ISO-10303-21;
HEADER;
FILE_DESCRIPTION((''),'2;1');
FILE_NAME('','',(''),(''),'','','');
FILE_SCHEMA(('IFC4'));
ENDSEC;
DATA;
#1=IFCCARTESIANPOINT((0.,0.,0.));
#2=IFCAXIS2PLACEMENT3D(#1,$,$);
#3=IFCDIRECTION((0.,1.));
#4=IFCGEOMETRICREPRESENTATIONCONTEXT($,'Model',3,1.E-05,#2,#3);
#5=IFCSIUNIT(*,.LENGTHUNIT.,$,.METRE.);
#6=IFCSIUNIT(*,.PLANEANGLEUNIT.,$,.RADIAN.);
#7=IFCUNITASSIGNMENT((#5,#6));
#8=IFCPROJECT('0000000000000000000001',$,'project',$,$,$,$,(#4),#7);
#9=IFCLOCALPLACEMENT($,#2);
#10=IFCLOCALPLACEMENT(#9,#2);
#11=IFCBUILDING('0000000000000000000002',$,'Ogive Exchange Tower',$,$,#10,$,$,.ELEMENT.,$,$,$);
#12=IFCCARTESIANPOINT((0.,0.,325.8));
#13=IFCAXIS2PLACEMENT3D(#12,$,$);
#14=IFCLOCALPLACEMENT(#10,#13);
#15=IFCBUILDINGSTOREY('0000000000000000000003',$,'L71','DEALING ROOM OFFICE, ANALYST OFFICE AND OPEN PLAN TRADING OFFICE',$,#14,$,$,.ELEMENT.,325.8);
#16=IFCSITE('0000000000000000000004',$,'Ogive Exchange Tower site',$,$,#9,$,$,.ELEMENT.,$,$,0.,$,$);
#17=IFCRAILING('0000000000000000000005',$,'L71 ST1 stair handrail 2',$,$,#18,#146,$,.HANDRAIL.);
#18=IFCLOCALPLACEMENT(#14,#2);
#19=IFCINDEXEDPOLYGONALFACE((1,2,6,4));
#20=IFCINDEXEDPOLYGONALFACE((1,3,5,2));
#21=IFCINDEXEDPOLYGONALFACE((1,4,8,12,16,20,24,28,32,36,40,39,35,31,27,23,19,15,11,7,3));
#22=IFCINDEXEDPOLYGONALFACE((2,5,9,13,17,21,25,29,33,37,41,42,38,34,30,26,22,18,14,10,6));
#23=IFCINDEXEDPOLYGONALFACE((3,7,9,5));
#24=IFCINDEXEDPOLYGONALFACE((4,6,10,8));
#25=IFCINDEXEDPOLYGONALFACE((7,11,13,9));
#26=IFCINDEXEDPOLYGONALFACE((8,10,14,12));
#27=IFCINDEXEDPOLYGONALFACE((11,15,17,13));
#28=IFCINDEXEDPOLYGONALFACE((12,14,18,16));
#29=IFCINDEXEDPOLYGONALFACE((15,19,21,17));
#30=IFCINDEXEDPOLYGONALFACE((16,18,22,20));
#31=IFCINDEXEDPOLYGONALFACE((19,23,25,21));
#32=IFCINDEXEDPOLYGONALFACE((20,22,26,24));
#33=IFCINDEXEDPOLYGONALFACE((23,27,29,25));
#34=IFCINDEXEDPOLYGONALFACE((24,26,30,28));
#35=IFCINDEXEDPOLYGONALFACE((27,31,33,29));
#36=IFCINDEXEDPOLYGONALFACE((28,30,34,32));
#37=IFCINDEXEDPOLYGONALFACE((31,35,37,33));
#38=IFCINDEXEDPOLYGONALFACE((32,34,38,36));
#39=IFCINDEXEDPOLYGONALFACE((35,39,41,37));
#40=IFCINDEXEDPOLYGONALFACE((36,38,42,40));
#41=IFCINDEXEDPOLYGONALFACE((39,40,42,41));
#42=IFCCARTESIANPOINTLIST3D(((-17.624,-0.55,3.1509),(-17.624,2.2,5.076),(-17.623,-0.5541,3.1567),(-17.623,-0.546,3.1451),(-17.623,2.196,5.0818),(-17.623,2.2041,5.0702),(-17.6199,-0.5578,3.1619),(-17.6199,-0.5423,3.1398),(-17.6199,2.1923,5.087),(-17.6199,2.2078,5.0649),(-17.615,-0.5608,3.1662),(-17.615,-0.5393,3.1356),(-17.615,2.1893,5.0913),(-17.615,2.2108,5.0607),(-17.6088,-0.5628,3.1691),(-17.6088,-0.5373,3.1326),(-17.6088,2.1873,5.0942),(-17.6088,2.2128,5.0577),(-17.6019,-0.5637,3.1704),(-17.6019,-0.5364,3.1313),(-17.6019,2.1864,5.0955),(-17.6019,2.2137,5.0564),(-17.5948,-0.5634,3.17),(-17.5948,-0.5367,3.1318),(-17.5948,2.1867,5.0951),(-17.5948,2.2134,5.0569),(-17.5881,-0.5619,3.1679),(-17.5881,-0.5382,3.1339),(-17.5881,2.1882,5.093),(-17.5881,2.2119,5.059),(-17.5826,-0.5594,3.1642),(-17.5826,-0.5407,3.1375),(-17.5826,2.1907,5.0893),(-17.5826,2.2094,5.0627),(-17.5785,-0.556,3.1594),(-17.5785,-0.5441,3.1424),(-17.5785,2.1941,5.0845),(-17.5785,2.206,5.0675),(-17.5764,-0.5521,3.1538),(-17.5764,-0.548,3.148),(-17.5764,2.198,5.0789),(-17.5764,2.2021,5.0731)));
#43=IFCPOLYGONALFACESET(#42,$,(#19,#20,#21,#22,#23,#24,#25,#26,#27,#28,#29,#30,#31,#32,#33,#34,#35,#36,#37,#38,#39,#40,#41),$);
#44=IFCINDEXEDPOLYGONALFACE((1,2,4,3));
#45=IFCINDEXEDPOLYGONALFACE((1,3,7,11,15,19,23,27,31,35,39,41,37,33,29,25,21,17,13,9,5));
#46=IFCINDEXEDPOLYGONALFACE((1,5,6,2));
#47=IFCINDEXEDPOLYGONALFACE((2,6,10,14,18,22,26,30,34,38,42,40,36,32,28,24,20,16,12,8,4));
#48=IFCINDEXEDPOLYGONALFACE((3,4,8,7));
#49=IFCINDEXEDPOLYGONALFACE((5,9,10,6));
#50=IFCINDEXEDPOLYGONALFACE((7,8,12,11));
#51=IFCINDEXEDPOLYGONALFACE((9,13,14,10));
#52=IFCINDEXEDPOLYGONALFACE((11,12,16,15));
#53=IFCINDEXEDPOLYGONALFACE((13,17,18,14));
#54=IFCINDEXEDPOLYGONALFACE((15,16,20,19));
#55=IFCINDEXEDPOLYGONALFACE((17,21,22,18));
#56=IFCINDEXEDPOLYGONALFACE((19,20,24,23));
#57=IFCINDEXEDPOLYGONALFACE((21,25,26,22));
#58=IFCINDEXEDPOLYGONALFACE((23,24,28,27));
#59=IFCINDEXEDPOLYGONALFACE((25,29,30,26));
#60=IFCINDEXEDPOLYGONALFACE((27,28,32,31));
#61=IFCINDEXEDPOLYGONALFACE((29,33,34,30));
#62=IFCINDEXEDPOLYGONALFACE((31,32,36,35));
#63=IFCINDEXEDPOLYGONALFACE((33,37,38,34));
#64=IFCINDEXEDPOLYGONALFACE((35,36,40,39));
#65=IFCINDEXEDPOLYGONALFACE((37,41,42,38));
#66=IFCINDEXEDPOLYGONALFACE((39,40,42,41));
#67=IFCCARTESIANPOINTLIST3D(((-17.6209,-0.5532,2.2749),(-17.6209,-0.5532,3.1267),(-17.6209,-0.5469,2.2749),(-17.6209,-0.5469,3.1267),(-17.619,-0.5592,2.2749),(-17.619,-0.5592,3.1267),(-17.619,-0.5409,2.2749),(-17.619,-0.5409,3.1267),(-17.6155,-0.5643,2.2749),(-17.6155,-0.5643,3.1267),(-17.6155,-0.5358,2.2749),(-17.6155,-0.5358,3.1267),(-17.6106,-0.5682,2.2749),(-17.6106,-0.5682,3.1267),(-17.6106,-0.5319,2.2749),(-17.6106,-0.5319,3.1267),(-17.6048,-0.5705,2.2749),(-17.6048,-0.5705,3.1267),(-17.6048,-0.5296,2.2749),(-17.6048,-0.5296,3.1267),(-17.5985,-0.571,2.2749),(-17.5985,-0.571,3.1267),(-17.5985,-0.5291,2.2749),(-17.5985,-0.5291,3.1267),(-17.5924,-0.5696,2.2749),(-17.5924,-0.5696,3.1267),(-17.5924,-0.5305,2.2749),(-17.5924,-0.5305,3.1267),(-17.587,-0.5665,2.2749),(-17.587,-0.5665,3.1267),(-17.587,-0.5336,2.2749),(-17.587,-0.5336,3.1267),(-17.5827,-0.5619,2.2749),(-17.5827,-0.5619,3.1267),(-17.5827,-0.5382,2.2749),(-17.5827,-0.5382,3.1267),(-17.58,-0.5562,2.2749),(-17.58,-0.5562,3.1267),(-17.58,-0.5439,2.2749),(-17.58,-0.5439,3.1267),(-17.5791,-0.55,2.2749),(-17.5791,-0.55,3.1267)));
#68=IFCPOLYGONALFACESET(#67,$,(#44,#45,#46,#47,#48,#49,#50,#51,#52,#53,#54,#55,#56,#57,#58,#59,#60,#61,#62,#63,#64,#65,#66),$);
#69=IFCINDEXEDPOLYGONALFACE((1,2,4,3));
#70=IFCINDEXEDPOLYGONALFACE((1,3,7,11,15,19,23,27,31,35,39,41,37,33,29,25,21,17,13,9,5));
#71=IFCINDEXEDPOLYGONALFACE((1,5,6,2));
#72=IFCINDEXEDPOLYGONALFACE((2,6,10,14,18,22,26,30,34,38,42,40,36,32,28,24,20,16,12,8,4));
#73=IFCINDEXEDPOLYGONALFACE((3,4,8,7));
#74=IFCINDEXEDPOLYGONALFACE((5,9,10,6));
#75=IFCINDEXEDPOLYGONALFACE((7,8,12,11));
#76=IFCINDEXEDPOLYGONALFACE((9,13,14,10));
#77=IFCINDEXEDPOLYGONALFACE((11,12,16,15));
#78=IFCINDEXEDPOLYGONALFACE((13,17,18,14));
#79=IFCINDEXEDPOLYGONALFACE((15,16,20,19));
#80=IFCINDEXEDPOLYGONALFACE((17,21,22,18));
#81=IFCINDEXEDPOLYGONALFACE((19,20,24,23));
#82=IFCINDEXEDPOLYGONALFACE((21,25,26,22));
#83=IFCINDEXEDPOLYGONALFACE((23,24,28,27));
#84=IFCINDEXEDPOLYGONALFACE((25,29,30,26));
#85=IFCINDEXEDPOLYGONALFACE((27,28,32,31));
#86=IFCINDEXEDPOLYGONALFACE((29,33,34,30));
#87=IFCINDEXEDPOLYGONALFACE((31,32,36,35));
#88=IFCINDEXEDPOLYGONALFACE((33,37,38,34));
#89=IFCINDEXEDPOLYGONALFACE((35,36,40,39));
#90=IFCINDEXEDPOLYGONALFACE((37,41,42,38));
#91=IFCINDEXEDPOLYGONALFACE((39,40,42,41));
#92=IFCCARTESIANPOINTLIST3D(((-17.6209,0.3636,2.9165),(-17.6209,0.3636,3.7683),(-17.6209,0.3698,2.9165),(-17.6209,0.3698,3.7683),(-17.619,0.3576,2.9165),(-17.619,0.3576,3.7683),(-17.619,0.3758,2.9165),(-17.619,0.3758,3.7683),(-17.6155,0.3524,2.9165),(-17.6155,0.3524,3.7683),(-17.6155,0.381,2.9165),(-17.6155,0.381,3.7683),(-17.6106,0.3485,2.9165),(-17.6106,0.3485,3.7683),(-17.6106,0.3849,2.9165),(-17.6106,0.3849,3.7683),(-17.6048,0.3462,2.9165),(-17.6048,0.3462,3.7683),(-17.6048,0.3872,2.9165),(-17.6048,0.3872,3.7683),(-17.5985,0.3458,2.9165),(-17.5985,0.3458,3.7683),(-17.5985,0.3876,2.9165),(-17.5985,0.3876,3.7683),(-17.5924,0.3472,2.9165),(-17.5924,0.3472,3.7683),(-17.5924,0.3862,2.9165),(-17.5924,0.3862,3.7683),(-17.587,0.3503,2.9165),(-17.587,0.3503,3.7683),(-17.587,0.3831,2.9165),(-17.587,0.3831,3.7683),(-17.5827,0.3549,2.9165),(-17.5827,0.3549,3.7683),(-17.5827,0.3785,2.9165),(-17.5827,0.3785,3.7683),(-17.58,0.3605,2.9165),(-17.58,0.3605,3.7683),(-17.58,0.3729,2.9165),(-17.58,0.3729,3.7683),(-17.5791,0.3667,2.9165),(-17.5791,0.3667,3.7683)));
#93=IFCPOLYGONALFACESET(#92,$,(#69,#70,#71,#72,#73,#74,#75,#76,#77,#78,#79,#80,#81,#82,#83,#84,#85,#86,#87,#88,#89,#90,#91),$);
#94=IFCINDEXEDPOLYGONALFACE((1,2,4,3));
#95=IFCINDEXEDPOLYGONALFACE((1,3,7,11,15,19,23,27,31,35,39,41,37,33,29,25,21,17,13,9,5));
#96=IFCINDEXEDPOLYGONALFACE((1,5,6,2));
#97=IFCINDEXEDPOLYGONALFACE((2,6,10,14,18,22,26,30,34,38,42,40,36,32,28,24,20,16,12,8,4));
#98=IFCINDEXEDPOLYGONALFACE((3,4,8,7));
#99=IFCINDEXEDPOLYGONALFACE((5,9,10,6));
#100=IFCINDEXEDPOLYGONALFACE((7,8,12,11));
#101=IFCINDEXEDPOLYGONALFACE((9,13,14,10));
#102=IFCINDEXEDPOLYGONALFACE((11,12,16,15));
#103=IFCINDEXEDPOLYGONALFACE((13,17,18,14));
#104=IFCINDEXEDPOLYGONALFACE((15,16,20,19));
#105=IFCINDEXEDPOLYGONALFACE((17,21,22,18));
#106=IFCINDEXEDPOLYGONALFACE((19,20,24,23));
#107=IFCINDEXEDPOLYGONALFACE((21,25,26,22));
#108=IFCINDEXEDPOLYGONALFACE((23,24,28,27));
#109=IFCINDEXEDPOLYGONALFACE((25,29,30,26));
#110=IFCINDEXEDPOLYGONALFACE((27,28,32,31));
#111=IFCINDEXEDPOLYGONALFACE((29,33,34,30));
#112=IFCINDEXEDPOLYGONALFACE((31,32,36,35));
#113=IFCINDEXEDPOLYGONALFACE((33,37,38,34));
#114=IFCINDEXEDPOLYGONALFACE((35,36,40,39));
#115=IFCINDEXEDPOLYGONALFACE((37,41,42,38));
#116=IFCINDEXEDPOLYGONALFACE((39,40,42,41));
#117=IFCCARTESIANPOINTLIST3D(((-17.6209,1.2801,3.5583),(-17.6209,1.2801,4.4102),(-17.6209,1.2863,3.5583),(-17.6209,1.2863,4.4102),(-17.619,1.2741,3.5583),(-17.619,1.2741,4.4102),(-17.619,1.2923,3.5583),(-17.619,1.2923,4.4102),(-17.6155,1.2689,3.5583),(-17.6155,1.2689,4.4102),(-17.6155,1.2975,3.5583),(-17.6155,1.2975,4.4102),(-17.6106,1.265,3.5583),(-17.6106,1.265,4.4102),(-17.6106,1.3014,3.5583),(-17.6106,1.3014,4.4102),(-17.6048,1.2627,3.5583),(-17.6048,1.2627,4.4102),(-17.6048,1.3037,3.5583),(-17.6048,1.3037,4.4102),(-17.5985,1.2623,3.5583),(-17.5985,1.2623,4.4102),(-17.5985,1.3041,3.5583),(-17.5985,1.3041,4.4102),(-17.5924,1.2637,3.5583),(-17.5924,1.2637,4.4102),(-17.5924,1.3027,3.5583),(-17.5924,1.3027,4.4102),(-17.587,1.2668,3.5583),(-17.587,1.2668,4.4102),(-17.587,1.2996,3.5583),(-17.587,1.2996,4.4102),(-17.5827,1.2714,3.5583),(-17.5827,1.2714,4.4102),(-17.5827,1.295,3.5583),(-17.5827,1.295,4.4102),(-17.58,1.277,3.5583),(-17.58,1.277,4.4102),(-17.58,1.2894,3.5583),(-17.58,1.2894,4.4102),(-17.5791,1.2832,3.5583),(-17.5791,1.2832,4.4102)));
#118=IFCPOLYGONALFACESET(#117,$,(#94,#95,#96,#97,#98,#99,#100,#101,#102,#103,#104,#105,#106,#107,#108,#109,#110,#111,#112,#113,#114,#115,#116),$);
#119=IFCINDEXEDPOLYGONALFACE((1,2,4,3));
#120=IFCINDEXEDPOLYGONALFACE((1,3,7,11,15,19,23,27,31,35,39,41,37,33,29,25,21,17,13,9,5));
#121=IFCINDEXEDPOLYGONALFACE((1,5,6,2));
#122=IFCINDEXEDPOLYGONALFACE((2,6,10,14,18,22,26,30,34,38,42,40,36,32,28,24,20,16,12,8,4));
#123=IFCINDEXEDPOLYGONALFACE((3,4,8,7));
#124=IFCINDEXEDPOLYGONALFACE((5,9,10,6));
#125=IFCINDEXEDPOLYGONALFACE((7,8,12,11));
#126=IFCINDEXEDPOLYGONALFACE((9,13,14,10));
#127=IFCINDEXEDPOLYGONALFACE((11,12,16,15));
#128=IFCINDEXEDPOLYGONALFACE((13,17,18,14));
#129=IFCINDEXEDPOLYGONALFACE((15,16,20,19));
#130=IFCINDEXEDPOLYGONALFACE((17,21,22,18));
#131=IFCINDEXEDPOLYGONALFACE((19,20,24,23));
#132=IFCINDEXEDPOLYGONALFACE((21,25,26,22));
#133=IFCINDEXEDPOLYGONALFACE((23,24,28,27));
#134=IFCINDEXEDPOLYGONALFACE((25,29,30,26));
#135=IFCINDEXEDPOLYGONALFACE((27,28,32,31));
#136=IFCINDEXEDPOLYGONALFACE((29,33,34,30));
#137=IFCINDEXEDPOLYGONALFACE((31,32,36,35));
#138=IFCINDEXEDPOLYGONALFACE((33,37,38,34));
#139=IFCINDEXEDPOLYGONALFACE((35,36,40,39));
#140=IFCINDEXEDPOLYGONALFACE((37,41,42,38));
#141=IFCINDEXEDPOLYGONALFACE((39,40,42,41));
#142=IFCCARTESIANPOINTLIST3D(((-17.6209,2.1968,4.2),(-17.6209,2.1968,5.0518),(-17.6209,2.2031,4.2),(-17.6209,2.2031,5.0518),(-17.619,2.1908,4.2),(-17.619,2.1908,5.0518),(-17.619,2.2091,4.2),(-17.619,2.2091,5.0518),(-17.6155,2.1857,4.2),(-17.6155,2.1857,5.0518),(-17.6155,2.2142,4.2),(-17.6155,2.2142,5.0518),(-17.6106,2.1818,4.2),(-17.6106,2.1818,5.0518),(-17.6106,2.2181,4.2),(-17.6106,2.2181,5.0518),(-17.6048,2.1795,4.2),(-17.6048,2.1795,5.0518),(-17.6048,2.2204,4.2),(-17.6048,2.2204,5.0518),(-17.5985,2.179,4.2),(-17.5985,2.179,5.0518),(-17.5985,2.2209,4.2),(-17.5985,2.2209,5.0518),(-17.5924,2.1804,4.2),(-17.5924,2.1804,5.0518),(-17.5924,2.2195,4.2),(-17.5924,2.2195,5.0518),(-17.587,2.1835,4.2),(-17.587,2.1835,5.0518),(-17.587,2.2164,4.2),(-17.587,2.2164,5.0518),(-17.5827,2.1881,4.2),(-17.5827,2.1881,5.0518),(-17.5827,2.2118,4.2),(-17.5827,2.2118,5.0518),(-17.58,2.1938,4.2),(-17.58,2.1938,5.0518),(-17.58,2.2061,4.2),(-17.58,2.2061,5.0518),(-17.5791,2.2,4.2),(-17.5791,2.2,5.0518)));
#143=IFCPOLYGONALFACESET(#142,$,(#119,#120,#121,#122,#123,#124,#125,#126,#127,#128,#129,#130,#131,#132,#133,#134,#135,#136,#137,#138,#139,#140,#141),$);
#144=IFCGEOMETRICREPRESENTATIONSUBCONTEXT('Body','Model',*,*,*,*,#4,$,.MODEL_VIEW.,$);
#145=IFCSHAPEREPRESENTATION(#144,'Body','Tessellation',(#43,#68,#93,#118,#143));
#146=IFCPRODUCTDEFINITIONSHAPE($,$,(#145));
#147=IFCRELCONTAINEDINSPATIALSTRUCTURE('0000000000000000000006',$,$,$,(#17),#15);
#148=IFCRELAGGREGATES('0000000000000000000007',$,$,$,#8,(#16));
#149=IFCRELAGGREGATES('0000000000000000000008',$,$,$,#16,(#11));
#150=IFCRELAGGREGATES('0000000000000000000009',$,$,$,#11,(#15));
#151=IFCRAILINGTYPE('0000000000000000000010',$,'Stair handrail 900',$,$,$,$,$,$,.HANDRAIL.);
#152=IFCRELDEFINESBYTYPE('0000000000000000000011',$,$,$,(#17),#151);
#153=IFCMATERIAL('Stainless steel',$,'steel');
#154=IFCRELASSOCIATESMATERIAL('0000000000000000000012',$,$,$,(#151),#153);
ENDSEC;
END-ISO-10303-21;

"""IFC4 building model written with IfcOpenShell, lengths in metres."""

from ifc_helpers import new_model, si_unit, direction, frame, origin, origin_2d, place, context, subcontext, project, spatial, circle, extrude, material, type_object, element, save


model = new_model("IFC4")

# Units and contexts
model_context = context("Model", 3, precision=1e-05, world=origin(), true_north=direction((0.0, 1.0)))
body_context = subcontext(model_context, "Body", "Model", "MODEL_VIEW")
ifc_project = project(units=[si_unit("LENGTHUNIT", "METRE"), si_unit("PLANEANGLEUNIT", "RADIAN")], contexts=[model_context])

# Site, building, storey
site_placement = place(None, origin())
site = spatial("IfcSite", under=ifc_project, at=site_placement, Name="Ogive Exchange Tower site", CompositionType="ELEMENT", RefElevation=0.0)
building_placement = place(site_placement, origin())
building = spatial("IfcBuilding", under=site, at=building_placement, Name="Ogive Exchange Tower", CompositionType="ELEMENT")
storey_placement = place(building_placement, frame((0.0, 0.0, 325.8)))
storey = spatial("IfcBuildingStorey", under=building, at=storey_placement, Name="L71", Description="DEALING ROOM OFFICE, ANALYST OFFICE AND OPEN PLAN TRADING OFFICE", CompositionType="ELEMENT", Elevation=325.8)

# Shared definitions
ifc_material_1 = material(Name="Stainless steel", Category="steel")

# Railing
railing_type = type_object("IfcRailingType", Name="Stair handrail 900", PredefinedType="HANDRAIL", material=ifc_material_1)
railing_placement = place(storey_placement, frame((-17.6001, -0.55, 2.2749)))
element("IfcRailing", 1, at=railing_placement, inside=storey, type_object=railing_type, Name="L71 ST1 stair handrail 2", PredefinedType="HANDRAIL", context=body_context, shape_type="SweptSolid", body=[
    extrude(circle(Radius=0.0239, at=origin_2d()), frame((0.0, 0.0, 0.876), z_axis=(0.0, 0.819225, 0.573472), x_axis=(-1.0, 0.0, 0.0)), (0.0, 0.0, 1.0), 3.3569),
    extrude(circle(Radius=0.021, at=origin_2d()), origin(), (0.0, 0.0, 1.0), 0.8518),
    extrude(circle(Radius=0.021, at=origin_2d()), frame((0.0, 0.9167, 0.6416)), (0.0, 0.0, 1.0), 0.8518),
    extrude(circle(Radius=0.021, at=origin_2d()), frame((0.0, 1.8333, 1.2834)), (0.0, 0.0, 1.0), 0.8518),
    extrude(circle(Radius=0.021, at=origin_2d()), frame((0.0, 2.75, 1.925)), (0.0, 0.0, 1.0), 0.8518),
])

save(model, "model.ifc")
